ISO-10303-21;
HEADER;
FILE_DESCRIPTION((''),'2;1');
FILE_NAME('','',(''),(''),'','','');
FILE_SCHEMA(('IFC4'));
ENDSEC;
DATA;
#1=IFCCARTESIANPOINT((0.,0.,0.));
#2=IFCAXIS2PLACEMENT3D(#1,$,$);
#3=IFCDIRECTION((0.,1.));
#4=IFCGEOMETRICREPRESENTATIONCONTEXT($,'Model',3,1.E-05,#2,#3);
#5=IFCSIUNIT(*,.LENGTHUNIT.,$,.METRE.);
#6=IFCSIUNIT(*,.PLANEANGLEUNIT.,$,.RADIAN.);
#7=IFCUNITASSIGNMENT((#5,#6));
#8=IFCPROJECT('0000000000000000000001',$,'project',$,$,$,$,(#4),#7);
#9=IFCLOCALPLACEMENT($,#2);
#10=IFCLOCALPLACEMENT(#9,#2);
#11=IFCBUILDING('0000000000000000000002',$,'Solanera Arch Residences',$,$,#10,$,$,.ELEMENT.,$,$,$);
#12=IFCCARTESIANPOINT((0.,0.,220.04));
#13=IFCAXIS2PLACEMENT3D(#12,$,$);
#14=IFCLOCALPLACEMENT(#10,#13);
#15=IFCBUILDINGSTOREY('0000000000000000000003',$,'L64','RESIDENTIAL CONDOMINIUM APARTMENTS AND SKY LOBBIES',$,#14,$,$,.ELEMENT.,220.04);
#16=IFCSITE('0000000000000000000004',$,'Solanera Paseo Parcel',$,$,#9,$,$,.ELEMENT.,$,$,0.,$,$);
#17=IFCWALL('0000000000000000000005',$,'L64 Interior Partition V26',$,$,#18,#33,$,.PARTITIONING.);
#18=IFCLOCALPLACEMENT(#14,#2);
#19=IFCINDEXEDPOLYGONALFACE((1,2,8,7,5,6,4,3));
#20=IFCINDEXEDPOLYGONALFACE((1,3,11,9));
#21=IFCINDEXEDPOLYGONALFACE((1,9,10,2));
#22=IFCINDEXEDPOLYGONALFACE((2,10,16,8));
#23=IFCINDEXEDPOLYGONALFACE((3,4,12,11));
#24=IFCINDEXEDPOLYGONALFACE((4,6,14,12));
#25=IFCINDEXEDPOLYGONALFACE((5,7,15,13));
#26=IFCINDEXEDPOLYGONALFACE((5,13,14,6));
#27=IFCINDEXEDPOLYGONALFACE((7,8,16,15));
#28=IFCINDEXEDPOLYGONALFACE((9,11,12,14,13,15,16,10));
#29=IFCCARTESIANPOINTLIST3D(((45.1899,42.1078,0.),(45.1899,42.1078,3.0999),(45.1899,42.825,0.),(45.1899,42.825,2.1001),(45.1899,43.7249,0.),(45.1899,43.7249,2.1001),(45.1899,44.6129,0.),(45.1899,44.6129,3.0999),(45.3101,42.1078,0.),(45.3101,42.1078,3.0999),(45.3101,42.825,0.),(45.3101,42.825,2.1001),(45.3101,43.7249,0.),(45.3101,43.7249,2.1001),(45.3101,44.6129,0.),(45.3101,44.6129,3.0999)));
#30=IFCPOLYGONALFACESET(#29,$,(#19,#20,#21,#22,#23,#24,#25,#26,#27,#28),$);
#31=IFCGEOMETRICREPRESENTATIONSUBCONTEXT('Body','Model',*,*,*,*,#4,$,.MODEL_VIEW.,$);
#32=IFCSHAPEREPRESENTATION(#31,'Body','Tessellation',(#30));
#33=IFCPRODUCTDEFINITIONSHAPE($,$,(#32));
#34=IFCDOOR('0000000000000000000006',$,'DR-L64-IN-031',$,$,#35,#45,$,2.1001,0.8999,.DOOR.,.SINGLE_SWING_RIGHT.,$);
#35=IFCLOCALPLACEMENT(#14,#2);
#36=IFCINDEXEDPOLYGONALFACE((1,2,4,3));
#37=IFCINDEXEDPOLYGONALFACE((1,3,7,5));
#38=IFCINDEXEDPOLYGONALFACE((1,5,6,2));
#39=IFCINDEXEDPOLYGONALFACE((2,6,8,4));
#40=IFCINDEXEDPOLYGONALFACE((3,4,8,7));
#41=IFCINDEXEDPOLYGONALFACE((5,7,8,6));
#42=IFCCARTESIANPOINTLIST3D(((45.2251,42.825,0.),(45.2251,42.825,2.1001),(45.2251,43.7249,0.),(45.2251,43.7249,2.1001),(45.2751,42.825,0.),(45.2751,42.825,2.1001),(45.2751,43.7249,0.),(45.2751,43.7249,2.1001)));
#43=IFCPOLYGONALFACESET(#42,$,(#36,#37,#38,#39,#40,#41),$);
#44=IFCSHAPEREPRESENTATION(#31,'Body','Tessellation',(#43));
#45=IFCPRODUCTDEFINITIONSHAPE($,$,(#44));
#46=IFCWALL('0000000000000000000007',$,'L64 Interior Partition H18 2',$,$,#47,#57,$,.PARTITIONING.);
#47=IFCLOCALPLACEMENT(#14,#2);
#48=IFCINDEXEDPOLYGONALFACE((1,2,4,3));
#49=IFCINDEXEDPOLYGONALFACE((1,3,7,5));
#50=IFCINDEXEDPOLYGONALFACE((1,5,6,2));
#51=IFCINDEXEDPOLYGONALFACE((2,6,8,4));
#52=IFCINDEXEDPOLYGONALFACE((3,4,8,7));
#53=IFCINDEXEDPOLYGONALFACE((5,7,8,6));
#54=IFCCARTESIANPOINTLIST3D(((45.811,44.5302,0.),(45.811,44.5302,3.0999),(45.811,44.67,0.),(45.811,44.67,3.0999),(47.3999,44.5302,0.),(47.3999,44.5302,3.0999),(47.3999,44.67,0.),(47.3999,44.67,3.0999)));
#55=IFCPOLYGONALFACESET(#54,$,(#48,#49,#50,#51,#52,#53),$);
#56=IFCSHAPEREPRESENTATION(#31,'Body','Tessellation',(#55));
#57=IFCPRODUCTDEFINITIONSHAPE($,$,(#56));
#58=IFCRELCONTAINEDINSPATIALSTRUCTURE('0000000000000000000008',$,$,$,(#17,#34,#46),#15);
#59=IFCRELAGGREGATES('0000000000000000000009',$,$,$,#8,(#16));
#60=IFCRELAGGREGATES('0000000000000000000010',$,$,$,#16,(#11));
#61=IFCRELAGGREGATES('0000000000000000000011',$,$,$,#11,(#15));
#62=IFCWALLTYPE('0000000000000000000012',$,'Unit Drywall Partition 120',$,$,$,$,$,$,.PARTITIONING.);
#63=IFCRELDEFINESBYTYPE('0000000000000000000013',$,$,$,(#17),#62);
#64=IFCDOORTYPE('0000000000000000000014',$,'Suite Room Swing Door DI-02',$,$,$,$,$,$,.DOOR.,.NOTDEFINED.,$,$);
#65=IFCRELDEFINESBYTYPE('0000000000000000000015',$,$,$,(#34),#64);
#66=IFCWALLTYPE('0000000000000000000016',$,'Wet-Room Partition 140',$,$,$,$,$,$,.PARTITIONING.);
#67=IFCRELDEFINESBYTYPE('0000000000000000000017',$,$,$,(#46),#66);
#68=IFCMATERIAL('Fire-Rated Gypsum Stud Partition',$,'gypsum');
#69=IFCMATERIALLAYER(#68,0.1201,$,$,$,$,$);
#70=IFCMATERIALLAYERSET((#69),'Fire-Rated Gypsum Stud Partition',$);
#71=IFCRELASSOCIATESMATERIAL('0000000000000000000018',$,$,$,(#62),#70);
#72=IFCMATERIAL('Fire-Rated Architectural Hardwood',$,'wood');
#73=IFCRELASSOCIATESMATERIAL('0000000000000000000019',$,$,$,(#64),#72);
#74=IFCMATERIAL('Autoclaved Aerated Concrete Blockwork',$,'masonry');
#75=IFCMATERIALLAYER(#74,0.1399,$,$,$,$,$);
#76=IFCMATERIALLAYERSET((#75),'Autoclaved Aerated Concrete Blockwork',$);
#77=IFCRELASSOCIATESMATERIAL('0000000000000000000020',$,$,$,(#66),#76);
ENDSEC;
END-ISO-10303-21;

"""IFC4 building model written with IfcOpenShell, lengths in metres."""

from ifc_helpers import new_model, si_unit, direction, frame, frame_2d, origin, place, context, subcontext, project, spatial, rectangle, extrude, material, layer, layer_set, type_object, element, fill, save


model = new_model("IFC4")

# Units and contexts
model_context = context("Model", 3, precision=1e-05, world=origin(), true_north=direction((0.0, 1.0)))
body_context = subcontext(model_context, "Body", "Model", "MODEL_VIEW")
ifc_project = project(units=[si_unit("LENGTHUNIT", "METRE"), si_unit("PLANEANGLEUNIT", "RADIAN")], contexts=[model_context])

# Site, building, storey
site_placement = place(None, origin())
site = spatial("IfcSite", under=ifc_project, at=site_placement, Name="Solanera Paseo Parcel", CompositionType="ELEMENT", RefElevation=0.0)
building_placement = place(site_placement, origin())
building = spatial("IfcBuilding", under=site, at=building_placement, Name="Solanera Arch Residences", CompositionType="ELEMENT")
storey_placement = place(building_placement, frame((0.0, 0.0, 220.04)))
storey = spatial("IfcBuildingStorey", under=building, at=storey_placement, Name="L64", Description="RESIDENTIAL CONDOMINIUM APARTMENTS AND SKY LOBBIES", CompositionType="ELEMENT", Elevation=220.04)

# Wall, opening, door
ifc_material_1 = material(Name="Fire-Rated Gypsum Stud Partition", Category="gypsum")
ifc_layer_1 = layer(ifc_material_1, 0.1201)
ifc_layer_set_1 = layer_set([ifc_layer_1], Name="Fire-Rated Gypsum Stud Partition")
wall_type_1 = type_object("IfcWallType", Name="Unit Drywall Partition 120", PredefinedType="PARTITIONING", material=ifc_layer_set_1)
wall_1_placement = place(storey_placement, frame((45.25, 42.1079, 0.0), z_axis=(0.0, 0.0, 1.0), x_axis=(0.0, 1.0, 0.0)))
wall_1 = element("IfcWall", 1, at=wall_1_placement, inside=storey, type_object=wall_type_1, Name="L64 Interior Partition V26", PredefinedType="PARTITIONING", context=body_context, shape_type="SweptSolid", body=[
    extrude(rectangle(XDim=2.5051, YDim=0.1201, at=frame_2d((1.2524, 0.0))), origin(), (0.0, 0.0, 1.0), 3.0999),
])
opening_1_placement = place(wall_1_placement, frame((0.717, 0.0, 0.0)))
opening_1 = element("IfcOpeningElement", 2, at=opening_1_placement, cuts=wall_1, PredefinedType="OPENING", context=body_context, shape_type="SweptSolid", body=[
    extrude(rectangle(XDim=0.8999, YDim=2.1001, at=frame_2d((0.45, 1.05))), frame((0.0, 0.0701, 0.0), z_axis=(0.0, -1.0, 0.0), x_axis=(1.0, 0.0, 0.0)), (0.0, 0.0, 1.0), 0.1401),
])
ifc_material_2 = material(Name="Fire-Rated Architectural Hardwood", Category="wood")
door_type_1 = type_object("IfcDoorType", Name="Suite Room Swing Door DI-02", OperationType="NOTDEFINED", PredefinedType="DOOR", material=ifc_material_2)
door_1_placement = place(opening_1_placement, origin())
door_1 = element("IfcDoor", 3, at=door_1_placement, inside=storey, type_object=door_type_1, Name="DR-L64-IN-031", OperationType="SINGLE_SWING_RIGHT", OverallHeight=2.1001, OverallWidth=0.8999, PredefinedType="DOOR", context=body_context, shape_type="SweptSolid", body=[
    extrude(rectangle(XDim=0.8999, YDim=2.1001, at=frame_2d((0.45, 1.05))), frame((0.0, 0.0249, 0.0), z_axis=(0.0, -1.0, 0.0), x_axis=(1.0, 0.0, 0.0)), (0.0, 0.0, 1.0), 0.05),
])
fill(opening_1, door_1)

# Wall
ifc_material_3 = material(Name="Autoclaved Aerated Concrete Blockwork", Category="masonry")
ifc_layer_2 = layer(ifc_material_3, 0.1399)
ifc_layer_set_2 = layer_set([ifc_layer_2], Name="Autoclaved Aerated Concrete Blockwork")
wall_type_2 = type_object("IfcWallType", Name="Wet-Room Partition 140", PredefinedType="PARTITIONING", material=ifc_layer_set_2)
wall_2_placement = place(storey_placement, frame((45.811, 44.6001, 0.0), z_axis=(0.0, 0.0, 1.0), x_axis=(1.0, 0.0, 0.0)))
element("IfcWall", 4, at=wall_2_placement, inside=storey, type_object=wall_type_2, Name="L64 Interior Partition H18 2", PredefinedType="PARTITIONING", context=body_context, shape_type="SweptSolid", body=[
    extrude(rectangle(XDim=1.5889, YDim=0.1399, at=frame_2d((0.7944, 0.0))), origin(), (0.0, 0.0, 1.0), 3.0999),
])

save(model, "model.ifc")
